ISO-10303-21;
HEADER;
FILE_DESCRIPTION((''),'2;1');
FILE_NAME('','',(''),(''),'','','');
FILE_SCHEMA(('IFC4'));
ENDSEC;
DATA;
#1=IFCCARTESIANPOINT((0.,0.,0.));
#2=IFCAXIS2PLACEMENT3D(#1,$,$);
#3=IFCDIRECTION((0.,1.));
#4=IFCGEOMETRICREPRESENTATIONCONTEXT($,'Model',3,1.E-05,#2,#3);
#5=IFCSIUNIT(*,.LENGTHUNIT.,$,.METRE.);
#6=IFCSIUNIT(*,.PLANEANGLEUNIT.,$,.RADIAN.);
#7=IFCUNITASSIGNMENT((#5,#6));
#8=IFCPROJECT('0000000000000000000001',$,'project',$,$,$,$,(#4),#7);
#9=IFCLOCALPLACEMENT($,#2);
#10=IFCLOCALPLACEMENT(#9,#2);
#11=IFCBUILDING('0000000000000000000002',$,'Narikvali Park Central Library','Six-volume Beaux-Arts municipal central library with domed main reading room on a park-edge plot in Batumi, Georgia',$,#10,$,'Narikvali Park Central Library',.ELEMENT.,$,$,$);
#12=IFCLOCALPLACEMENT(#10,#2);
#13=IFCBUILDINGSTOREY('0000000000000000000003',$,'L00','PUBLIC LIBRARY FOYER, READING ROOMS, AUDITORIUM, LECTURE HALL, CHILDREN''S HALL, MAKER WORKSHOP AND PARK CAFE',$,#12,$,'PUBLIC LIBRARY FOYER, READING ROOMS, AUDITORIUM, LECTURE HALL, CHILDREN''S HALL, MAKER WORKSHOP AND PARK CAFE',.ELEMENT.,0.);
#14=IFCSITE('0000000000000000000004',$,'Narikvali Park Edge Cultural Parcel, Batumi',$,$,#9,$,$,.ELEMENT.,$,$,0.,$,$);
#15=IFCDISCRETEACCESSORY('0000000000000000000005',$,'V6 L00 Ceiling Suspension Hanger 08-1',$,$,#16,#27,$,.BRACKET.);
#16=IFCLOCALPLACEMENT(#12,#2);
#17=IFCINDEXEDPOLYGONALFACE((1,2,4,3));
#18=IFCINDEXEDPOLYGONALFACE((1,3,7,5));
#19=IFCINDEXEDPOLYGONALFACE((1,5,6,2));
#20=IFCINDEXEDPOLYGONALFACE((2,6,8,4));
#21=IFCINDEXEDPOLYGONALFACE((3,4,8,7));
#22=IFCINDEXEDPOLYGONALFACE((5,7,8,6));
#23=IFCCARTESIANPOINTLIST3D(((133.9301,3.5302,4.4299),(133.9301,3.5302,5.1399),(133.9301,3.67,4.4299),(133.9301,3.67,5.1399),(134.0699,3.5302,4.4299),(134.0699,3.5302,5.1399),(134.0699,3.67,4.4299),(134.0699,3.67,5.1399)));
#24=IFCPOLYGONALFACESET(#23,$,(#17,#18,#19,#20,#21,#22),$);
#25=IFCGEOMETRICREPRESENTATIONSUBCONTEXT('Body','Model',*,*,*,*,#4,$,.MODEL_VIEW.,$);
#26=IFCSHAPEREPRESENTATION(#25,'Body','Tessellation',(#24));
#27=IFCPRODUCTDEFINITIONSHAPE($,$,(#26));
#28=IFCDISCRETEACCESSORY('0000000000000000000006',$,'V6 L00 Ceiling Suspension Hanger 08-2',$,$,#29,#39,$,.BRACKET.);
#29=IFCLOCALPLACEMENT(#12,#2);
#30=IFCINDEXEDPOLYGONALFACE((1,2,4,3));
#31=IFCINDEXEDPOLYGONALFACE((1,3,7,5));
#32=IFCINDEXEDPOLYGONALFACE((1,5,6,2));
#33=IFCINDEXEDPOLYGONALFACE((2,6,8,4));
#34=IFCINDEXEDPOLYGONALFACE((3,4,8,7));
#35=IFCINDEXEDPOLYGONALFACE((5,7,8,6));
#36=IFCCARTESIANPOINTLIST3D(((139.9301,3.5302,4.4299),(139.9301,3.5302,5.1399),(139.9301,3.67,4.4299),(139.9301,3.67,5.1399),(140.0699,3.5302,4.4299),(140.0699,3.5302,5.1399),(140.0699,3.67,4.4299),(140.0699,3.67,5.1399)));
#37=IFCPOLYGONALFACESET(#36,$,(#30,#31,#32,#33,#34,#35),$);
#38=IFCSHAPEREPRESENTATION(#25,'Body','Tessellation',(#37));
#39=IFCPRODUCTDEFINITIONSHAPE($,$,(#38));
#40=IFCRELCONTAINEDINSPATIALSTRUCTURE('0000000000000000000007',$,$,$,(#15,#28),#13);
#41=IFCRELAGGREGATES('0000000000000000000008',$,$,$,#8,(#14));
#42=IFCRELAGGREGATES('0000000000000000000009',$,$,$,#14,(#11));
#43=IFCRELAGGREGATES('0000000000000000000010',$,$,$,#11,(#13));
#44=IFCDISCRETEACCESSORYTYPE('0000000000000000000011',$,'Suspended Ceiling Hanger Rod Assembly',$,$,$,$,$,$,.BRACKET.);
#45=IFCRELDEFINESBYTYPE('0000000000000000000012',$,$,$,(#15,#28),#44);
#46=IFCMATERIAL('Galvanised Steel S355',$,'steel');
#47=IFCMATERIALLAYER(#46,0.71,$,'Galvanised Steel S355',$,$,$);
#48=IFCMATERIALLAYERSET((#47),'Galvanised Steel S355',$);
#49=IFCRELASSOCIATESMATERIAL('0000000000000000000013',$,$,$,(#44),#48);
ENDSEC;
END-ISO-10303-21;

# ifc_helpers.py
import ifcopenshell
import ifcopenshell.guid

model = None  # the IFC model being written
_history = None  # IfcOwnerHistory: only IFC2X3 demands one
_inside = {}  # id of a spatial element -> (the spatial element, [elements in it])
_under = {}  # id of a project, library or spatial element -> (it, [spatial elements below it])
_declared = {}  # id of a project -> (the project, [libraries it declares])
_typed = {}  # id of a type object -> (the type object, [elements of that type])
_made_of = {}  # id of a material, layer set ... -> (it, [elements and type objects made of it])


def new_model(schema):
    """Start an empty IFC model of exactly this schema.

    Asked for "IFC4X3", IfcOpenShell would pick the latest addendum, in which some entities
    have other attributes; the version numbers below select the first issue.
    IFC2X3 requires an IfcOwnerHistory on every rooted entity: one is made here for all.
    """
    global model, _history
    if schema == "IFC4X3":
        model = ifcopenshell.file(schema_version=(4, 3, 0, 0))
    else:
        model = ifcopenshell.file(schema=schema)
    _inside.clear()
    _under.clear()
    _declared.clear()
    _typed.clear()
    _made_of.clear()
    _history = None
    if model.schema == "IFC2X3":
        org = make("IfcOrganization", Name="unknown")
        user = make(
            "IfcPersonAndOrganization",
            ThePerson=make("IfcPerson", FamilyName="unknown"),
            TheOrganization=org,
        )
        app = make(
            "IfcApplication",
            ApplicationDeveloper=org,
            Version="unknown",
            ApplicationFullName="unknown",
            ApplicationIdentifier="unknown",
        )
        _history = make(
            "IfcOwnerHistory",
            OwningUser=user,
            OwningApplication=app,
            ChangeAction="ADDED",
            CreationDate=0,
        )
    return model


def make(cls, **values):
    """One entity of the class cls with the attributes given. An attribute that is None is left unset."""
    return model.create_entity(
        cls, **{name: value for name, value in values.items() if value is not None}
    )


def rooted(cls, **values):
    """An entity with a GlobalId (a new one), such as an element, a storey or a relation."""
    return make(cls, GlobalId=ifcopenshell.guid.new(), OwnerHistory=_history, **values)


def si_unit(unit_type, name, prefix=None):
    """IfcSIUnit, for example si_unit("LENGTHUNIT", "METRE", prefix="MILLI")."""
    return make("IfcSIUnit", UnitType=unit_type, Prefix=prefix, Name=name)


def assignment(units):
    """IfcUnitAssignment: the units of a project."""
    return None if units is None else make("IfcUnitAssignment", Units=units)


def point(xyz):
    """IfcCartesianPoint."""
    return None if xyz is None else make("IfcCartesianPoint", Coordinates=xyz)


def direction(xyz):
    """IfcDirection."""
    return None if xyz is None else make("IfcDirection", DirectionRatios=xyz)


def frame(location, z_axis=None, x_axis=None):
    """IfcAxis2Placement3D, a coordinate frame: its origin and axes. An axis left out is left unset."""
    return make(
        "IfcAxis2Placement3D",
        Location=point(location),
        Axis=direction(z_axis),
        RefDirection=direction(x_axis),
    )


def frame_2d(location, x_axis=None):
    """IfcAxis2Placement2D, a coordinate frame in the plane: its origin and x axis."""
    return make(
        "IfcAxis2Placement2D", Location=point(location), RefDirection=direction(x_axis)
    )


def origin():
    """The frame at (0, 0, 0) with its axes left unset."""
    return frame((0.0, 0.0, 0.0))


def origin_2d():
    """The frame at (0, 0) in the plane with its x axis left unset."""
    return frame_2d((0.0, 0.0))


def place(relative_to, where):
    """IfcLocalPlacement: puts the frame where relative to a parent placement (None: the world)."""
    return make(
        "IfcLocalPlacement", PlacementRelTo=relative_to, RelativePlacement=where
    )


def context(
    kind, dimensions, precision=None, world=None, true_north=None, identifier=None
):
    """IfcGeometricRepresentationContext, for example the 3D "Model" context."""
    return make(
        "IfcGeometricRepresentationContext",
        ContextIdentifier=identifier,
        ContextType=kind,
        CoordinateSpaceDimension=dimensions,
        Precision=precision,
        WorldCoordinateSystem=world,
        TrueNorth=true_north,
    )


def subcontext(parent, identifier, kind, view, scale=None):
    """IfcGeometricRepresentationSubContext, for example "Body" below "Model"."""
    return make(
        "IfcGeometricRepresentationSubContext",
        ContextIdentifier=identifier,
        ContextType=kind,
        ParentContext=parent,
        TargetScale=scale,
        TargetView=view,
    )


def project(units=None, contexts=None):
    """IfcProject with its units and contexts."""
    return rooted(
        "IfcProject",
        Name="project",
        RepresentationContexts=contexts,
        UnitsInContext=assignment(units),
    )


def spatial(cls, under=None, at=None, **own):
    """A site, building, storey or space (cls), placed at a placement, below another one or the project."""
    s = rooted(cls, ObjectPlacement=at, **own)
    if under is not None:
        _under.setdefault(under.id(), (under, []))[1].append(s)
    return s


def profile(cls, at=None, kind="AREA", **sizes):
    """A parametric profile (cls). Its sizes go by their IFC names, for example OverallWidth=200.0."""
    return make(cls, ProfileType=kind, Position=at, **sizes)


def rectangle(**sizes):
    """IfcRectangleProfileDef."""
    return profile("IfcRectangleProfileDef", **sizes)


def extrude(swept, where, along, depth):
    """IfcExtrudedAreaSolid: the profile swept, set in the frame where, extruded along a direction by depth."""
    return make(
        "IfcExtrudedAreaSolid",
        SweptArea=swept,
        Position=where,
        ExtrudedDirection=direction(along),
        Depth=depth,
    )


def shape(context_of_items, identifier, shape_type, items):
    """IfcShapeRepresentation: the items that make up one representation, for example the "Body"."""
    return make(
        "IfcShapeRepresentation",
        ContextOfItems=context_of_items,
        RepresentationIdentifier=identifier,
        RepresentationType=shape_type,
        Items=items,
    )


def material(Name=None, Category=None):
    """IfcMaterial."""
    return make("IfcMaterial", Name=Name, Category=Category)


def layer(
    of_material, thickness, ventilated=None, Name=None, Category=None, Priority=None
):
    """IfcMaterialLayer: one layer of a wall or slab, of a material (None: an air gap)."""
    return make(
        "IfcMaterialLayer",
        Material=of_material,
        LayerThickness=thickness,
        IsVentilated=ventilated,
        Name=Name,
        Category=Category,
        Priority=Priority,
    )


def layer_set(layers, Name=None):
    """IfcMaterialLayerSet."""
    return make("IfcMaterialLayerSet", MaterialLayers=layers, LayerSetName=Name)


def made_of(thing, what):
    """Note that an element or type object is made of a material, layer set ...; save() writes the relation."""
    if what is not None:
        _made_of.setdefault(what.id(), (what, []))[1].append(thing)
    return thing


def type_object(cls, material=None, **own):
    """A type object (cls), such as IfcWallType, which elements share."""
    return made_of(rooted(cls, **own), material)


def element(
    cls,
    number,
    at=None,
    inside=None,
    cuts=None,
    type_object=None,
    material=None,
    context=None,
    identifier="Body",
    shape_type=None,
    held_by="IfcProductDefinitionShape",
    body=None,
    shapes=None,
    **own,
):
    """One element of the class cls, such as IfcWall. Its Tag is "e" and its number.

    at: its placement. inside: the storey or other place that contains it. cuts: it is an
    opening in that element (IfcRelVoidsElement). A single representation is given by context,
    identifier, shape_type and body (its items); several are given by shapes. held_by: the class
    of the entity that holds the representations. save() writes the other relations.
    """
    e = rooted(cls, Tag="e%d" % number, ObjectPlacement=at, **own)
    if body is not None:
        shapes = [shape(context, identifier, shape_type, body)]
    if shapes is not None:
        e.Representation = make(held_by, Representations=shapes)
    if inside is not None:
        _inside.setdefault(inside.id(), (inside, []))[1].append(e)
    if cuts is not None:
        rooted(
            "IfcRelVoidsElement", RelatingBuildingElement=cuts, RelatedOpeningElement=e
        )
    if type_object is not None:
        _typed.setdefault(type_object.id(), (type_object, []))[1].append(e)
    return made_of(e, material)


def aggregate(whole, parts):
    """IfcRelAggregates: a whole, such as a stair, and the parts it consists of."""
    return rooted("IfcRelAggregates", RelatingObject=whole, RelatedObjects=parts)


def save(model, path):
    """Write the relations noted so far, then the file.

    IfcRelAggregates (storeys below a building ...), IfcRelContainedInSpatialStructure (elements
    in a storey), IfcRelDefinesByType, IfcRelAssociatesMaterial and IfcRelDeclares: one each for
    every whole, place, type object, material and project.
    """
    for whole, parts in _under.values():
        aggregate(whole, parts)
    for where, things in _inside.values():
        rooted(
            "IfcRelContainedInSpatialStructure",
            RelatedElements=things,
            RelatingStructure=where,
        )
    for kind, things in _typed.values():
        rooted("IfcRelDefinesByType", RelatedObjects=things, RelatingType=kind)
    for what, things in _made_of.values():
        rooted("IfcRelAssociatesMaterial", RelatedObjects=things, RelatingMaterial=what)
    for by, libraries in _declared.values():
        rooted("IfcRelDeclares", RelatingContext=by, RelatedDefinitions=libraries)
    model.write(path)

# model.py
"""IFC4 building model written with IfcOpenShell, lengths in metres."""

from ifc_helpers import new_model, si_unit, direction, frame, origin, origin_2d, place, context, subcontext, project, spatial, rectangle, extrude, material, layer, layer_set, type_object, element, save


model = new_model("IFC4")

# Units and contexts
model_context = context("Model", 3, precision=1e-05, world=origin(), true_north=direction((0.0, 1.0)))
body_context = subcontext(model_context, "Body", "Model", "MODEL_VIEW")
ifc_project = project(units=[si_unit("LENGTHUNIT", "METRE"), si_unit("PLANEANGLEUNIT", "RADIAN")], contexts=[model_context])

# Site, building, storey
site_placement = place(None, origin())
site = spatial("IfcSite", under=ifc_project, at=site_placement, Name="Narikvali Park Edge Cultural Parcel, Batumi", CompositionType="ELEMENT", RefElevation=0.0)
building_placement = place(site_placement, origin())
building = spatial("IfcBuilding", under=site, at=building_placement, Name="Narikvali Park Central Library", Description="Six-volume Beaux-Arts municipal central library with domed main reading room on a park-edge plot in Batumi, Georgia", LongName="Narikvali Park Central Library", CompositionType="ELEMENT")
storey_placement = place(building_placement, origin())
storey = spatial("IfcBuildingStorey", under=building, at=storey_placement, Name="L00", Description="PUBLIC LIBRARY FOYER, READING ROOMS, AUDITORIUM, LECTURE HALL, CHILDREN'S HALL, MAKER WORKSHOP AND PARK CAFE", LongName="PUBLIC LIBRARY FOYER, READING ROOMS, AUDITORIUM, LECTURE HALL, CHILDREN'S HALL, MAKER WORKSHOP AND PARK CAFE", CompositionType="ELEMENT", Elevation=0.0)

# Discrete accessories
ifc_material_1 = material(Name="Galvanised Steel S355", Category="steel")
ifc_layer_1 = layer(ifc_material_1, 0.71, Name="Galvanised Steel S355")
ifc_layer_set_1 = layer_set([ifc_layer_1], Name="Galvanised Steel S355")
discrete_accessory_type_1 = type_object("IfcDiscreteAccessoryType", Name="Suspended Ceiling Hanger Rod Assembly", PredefinedType="BRACKET", material=ifc_layer_set_1)
for number, where, z_axis, x_axis, name in (
    (1, (134.0, 3.6001, 4.4299), (0.0, 0.0, 1.0), (1.0, 0.0, 0.0), "V6 L00 Ceiling Suspension Hanger 08-1"),
    (2, (140.0, 3.6001, 4.4299), (0.0, 0.0, 1.0), (1.0, 0.0, 0.0), "V6 L00 Ceiling Suspension Hanger 08-2"),
):
    element("IfcDiscreteAccessory", number, at=place(storey_placement, frame(where, z_axis=z_axis, x_axis=x_axis)), inside=storey, type_object=discrete_accessory_type_1, Name=name, PredefinedType="BRACKET", context=body_context, shape_type="SweptSolid", body=[
        extrude(rectangle(XDim=0.1399, YDim=0.1399, at=origin_2d()), origin(), (0.0, 0.0, 1.0), 0.71),
    ])

save(model, "model.ifc")
